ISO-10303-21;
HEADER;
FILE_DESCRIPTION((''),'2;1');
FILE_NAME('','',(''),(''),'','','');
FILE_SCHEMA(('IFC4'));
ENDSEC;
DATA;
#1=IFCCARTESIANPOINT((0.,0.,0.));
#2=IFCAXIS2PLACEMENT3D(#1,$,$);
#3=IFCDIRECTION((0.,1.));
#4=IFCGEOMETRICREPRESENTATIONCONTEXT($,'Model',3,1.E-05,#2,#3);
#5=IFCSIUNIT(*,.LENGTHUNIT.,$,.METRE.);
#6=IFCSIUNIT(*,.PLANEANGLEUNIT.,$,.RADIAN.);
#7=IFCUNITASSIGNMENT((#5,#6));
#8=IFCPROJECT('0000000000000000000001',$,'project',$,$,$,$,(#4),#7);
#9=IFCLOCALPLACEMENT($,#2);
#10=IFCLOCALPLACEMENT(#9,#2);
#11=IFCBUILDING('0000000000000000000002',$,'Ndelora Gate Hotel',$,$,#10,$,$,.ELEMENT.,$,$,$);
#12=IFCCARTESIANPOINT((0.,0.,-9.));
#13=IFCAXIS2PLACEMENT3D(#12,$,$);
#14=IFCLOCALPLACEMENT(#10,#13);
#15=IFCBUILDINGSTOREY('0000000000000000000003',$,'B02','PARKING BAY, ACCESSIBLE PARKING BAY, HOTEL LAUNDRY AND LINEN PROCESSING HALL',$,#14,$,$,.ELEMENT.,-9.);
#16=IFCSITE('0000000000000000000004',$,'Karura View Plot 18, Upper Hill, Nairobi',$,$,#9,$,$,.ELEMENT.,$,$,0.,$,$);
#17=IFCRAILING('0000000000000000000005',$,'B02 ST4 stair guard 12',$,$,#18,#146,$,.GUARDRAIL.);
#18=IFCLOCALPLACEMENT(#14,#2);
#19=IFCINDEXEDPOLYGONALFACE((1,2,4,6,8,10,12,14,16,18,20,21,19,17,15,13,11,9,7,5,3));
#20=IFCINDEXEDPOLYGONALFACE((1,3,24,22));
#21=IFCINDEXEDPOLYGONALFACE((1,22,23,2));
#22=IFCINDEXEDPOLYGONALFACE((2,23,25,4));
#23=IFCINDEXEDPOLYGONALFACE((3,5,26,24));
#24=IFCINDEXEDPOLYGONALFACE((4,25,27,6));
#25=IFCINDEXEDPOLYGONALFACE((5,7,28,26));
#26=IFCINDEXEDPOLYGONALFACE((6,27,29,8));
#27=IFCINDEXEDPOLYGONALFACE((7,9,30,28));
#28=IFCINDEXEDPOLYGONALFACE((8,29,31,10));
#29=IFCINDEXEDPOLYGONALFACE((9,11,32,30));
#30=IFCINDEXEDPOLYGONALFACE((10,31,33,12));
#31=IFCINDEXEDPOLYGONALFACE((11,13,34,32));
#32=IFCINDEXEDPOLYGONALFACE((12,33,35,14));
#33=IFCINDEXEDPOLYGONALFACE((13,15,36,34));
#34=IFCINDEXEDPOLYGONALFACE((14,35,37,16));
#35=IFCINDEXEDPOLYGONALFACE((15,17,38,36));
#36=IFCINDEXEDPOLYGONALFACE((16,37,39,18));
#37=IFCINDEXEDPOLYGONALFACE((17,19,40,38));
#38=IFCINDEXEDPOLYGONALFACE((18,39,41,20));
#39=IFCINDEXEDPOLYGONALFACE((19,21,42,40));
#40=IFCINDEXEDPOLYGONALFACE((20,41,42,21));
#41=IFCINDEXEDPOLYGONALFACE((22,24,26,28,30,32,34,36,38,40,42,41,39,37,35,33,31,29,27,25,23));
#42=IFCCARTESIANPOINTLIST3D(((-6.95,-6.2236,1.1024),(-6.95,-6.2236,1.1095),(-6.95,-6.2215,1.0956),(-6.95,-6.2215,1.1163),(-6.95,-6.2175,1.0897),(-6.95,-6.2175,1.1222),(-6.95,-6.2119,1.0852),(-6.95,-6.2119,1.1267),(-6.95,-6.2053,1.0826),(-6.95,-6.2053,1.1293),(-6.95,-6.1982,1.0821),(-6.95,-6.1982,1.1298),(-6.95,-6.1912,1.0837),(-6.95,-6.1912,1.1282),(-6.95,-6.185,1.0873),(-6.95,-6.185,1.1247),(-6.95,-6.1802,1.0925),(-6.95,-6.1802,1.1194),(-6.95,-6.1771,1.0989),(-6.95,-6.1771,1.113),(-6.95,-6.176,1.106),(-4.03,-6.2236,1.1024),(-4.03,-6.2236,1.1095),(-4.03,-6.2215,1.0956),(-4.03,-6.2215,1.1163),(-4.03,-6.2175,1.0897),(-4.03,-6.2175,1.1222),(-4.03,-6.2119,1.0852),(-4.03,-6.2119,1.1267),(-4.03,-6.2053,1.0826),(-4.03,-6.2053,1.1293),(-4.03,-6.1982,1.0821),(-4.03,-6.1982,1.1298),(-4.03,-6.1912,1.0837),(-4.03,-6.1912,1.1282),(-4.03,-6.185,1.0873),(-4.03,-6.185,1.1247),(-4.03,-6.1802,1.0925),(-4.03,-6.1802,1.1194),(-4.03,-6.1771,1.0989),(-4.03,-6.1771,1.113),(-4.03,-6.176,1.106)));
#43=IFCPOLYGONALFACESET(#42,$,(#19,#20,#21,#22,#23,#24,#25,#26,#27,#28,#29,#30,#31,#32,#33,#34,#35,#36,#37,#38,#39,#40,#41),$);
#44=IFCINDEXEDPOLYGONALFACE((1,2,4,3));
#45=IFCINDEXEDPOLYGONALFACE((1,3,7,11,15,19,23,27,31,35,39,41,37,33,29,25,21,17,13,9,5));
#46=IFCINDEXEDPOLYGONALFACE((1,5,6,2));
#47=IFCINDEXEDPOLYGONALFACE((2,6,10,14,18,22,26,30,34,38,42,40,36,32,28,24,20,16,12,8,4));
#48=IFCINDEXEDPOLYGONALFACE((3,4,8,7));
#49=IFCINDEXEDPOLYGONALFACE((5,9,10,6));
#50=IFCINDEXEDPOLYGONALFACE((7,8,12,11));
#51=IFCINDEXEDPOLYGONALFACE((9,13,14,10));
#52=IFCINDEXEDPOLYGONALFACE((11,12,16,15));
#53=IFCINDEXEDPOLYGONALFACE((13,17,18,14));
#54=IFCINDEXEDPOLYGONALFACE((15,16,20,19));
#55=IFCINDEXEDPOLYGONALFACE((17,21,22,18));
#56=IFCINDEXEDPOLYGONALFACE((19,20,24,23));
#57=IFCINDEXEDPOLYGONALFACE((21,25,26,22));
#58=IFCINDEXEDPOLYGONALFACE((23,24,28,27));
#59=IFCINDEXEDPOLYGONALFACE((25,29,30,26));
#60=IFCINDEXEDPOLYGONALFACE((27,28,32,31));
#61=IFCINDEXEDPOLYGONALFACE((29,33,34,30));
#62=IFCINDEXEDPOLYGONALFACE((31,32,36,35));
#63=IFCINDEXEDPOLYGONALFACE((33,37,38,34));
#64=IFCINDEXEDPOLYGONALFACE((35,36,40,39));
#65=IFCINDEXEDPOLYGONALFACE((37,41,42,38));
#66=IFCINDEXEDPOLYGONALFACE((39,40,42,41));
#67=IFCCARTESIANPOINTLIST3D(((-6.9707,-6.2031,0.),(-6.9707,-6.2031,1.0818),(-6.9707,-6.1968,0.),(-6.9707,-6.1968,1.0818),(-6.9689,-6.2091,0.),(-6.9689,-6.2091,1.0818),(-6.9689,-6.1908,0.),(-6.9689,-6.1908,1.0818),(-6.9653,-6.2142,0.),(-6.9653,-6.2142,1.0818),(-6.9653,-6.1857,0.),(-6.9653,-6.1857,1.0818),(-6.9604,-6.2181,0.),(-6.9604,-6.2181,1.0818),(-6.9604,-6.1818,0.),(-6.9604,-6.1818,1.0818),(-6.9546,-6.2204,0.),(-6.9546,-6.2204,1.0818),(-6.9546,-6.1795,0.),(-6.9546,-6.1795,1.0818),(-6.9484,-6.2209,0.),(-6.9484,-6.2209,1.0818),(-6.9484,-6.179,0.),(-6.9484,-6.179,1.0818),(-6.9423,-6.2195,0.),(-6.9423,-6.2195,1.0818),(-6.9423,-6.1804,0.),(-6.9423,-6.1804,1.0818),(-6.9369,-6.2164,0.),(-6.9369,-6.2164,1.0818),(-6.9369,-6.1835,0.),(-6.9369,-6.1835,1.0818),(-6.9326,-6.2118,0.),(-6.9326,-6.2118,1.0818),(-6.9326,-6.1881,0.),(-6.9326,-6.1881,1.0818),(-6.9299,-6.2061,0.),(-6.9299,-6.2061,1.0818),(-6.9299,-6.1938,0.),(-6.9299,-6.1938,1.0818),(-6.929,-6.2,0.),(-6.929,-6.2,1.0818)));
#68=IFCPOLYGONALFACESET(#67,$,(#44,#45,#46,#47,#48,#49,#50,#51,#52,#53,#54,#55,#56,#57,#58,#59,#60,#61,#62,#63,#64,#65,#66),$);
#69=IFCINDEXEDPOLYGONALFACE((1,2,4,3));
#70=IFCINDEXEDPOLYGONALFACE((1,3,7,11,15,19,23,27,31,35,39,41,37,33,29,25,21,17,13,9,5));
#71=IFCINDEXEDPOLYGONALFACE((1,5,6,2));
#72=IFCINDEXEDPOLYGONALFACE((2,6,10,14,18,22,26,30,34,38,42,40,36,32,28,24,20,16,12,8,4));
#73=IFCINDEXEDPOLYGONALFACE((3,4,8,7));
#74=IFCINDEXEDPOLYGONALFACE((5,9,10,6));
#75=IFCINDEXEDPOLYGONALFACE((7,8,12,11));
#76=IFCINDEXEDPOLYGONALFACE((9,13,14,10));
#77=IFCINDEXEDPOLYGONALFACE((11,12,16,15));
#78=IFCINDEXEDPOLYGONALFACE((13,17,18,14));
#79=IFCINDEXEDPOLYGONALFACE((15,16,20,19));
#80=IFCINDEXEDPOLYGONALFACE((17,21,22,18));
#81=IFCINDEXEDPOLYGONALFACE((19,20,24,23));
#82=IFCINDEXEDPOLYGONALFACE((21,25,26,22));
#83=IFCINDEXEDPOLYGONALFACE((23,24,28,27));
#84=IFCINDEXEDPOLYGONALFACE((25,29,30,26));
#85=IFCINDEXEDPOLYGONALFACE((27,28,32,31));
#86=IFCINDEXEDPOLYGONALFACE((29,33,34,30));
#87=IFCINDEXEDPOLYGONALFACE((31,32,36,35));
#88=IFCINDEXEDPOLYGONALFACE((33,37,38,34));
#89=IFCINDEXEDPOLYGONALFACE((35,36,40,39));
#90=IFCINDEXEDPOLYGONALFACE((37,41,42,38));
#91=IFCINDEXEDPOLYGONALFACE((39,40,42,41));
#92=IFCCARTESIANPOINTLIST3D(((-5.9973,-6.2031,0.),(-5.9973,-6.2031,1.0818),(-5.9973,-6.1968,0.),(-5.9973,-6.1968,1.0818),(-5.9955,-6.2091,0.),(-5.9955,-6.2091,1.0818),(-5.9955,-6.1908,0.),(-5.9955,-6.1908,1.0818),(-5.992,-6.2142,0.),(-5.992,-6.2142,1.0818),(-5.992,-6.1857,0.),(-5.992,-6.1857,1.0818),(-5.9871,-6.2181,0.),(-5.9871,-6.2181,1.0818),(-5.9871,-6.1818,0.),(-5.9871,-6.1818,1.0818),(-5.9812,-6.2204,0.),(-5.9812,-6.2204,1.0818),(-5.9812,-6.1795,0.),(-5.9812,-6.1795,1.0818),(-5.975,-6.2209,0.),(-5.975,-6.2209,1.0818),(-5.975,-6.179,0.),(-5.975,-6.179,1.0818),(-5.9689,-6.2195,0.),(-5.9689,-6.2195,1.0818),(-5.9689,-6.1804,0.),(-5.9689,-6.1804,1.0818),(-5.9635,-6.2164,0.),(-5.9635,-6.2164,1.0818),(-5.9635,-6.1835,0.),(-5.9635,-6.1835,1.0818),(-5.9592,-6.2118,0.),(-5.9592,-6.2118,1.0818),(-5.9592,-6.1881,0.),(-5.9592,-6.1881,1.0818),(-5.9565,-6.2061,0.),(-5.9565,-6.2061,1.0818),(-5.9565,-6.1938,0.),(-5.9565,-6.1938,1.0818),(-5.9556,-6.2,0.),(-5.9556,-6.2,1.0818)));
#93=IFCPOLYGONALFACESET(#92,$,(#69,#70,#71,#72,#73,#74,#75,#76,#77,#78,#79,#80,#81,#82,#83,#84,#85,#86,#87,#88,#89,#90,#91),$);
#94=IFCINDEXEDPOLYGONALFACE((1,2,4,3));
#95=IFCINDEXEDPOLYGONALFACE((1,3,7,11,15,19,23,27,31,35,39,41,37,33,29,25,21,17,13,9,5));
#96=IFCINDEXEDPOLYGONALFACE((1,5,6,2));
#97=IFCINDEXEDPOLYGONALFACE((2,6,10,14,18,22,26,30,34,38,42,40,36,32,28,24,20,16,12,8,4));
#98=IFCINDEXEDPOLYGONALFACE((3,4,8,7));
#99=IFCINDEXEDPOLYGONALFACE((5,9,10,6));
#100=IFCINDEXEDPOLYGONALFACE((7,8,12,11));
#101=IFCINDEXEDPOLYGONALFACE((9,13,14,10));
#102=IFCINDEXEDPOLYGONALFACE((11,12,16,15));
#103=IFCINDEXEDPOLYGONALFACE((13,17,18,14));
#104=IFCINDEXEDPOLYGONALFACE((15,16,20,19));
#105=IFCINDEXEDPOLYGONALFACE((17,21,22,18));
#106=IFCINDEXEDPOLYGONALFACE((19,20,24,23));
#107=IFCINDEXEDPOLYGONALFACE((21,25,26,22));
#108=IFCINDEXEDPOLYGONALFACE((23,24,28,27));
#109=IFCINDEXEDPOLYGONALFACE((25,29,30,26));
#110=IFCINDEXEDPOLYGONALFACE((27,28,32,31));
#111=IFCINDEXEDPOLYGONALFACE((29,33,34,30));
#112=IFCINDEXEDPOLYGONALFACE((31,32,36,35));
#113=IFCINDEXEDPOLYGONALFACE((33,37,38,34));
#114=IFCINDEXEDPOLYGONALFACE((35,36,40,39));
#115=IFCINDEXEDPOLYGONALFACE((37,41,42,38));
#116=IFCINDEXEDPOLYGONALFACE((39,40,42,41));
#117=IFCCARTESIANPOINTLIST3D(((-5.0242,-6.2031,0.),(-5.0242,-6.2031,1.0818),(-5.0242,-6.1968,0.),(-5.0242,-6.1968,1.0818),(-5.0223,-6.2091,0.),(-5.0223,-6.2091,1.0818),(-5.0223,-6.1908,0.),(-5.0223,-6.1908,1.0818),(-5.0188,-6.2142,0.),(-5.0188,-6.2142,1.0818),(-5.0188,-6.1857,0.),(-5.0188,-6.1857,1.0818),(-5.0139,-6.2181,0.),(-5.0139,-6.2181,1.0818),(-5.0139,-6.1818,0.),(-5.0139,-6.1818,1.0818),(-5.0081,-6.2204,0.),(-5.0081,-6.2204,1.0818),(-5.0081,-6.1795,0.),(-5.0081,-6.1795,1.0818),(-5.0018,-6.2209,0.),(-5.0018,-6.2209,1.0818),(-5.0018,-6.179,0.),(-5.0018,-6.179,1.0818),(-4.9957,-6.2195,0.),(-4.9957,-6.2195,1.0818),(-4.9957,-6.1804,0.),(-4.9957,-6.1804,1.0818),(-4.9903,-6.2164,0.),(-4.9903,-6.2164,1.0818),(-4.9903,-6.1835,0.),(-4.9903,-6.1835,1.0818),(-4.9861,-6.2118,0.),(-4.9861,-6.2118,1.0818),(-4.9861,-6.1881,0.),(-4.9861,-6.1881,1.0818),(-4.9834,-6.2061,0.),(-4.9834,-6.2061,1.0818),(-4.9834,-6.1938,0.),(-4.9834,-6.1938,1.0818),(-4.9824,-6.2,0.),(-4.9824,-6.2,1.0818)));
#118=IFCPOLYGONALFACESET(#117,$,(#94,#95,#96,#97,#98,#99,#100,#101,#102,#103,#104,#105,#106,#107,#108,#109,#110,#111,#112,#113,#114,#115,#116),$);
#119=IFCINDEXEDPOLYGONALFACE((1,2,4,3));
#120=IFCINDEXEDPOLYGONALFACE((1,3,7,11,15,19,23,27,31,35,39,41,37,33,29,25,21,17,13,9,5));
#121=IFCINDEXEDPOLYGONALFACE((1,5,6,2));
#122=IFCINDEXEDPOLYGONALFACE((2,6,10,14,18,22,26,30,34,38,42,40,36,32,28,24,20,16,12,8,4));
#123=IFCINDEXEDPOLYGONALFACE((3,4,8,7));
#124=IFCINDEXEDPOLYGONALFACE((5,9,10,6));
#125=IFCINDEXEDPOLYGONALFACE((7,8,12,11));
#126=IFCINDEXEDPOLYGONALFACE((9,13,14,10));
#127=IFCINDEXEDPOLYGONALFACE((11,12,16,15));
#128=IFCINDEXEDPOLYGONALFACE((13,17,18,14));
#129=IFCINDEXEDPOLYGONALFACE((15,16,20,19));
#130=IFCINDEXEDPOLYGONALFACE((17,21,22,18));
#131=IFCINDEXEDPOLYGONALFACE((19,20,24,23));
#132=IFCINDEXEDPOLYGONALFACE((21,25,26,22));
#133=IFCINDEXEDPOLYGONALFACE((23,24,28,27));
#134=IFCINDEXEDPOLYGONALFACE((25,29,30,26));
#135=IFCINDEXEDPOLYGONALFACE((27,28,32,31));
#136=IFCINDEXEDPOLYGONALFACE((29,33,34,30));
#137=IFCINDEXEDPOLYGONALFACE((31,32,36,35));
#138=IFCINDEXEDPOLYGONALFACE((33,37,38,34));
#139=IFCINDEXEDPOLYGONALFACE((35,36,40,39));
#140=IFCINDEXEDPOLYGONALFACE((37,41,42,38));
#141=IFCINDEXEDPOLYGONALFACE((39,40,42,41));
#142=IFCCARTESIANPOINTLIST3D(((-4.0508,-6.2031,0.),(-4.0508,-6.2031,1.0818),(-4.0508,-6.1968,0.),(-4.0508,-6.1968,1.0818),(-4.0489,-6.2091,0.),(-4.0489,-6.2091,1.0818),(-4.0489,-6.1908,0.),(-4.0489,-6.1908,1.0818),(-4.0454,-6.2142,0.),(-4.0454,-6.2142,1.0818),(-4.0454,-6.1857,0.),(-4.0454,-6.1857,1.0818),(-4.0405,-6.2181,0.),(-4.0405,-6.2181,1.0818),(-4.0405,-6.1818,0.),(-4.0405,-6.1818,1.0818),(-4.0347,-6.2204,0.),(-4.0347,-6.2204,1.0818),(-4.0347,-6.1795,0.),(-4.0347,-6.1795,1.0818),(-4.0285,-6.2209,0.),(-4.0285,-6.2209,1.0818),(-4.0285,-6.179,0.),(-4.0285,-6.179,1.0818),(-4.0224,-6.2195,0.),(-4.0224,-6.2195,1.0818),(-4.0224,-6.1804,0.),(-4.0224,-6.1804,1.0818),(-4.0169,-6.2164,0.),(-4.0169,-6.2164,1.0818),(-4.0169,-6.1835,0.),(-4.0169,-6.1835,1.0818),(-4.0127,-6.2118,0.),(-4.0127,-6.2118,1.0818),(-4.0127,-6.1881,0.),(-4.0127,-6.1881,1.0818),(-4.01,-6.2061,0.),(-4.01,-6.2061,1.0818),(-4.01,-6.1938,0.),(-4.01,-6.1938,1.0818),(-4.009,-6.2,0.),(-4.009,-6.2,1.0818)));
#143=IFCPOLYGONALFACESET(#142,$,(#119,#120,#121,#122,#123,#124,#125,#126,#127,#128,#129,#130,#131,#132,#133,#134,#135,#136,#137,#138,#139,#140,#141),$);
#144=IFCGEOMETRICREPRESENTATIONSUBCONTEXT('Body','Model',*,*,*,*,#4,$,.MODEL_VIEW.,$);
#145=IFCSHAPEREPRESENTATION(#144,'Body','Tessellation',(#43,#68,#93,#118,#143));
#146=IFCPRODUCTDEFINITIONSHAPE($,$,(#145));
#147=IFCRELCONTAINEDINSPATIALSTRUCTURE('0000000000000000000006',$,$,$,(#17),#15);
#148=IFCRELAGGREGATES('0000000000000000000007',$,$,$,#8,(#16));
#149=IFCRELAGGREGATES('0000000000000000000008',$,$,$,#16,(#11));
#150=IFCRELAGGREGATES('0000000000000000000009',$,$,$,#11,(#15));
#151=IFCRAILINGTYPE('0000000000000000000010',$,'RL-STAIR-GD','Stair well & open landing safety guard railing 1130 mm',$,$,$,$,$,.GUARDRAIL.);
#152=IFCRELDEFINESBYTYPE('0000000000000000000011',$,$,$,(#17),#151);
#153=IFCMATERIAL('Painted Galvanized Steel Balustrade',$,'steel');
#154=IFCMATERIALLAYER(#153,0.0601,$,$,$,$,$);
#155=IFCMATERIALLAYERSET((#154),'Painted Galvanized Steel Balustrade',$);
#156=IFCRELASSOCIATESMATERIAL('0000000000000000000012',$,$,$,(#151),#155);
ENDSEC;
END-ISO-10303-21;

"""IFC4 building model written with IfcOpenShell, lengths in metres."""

from ifc_helpers import new_model, si_unit, direction, frame, origin, origin_2d, place, context, subcontext, project, spatial, circle, extrude, material, layer, layer_set, type_object, element, save


model = new_model("IFC4")

# Units and contexts
model_context = context("Model", 3, precision=1e-05, world=origin(), true_north=direction((0.0, 1.0)))
body_context = subcontext(model_context, "Body", "Model", "MODEL_VIEW")
ifc_project = project(units=[si_unit("LENGTHUNIT", "METRE"), si_unit("PLANEANGLEUNIT", "RADIAN")], contexts=[model_context])

# Site, building, storey
site_placement = place(None, origin())
site = spatial("IfcSite", under=ifc_project, at=site_placement, Name="Karura View Plot 18, Upper Hill, Nairobi", CompositionType="ELEMENT", RefElevation=0.0)
building_placement = place(site_placement, origin())
building = spatial("IfcBuilding", under=site, at=building_placement, Name="Ndelora Gate Hotel", CompositionType="ELEMENT")
storey_placement = place(building_placement, frame((0.0, 0.0, -9.0)))
storey = spatial("IfcBuildingStorey", under=building, at=storey_placement, Name="B02", Description="PARKING BAY, ACCESSIBLE PARKING BAY, HOTEL LAUNDRY AND LINEN PROCESSING HALL", CompositionType="ELEMENT", Elevation=-9.0)

# Railing
ifc_material_1 = material(Name="Painted Galvanized Steel Balustrade", Category="steel")
ifc_layer_1 = layer(ifc_material_1, 0.0601)
ifc_layer_set_1 = layer_set([ifc_layer_1], Name="Painted Galvanized Steel Balustrade")
railing_type_1 = type_object("IfcRailingType", Name="RL-STAIR-GD", Description="Stair well & open landing safety guard railing 1130 mm", PredefinedType="GUARDRAIL", material=ifc_layer_set_1)
railing_1_placement = place(storey_placement, frame((-6.95, -6.2, 0.0)))
element("IfcRailing", 1, at=railing_1_placement, inside=storey, type_object=railing_type_1, Name="B02 ST4 stair guard 12", PredefinedType="GUARDRAIL", context=body_context, shape_type="SweptSolid", body=[
    extrude(circle(Radius=0.0239, at=origin_2d()), frame((0.0, 0.0, 1.106), z_axis=(1.0, 0.0, 0.0), x_axis=(0.0, 1.0, 0.0)), (0.0, 0.0, 1.0), 2.9199),
    extrude(circle(Radius=0.021, at=origin_2d()), origin(), (0.0, 0.0, 1.0), 1.0818),
    extrude(circle(Radius=0.021, at=origin_2d()), frame((0.9734, 0.0, 0.0)), (0.0, 0.0, 1.0), 1.0818),
    extrude(circle(Radius=0.021, at=origin_2d()), frame((1.9465, 0.0, 0.0)), (0.0, 0.0, 1.0), 1.0818),
    extrude(circle(Radius=0.021, at=origin_2d()), frame((2.9199, 0.0, 0.0)), (0.0, 0.0, 1.0), 1.0818),
])

save(model, "model.ifc")
